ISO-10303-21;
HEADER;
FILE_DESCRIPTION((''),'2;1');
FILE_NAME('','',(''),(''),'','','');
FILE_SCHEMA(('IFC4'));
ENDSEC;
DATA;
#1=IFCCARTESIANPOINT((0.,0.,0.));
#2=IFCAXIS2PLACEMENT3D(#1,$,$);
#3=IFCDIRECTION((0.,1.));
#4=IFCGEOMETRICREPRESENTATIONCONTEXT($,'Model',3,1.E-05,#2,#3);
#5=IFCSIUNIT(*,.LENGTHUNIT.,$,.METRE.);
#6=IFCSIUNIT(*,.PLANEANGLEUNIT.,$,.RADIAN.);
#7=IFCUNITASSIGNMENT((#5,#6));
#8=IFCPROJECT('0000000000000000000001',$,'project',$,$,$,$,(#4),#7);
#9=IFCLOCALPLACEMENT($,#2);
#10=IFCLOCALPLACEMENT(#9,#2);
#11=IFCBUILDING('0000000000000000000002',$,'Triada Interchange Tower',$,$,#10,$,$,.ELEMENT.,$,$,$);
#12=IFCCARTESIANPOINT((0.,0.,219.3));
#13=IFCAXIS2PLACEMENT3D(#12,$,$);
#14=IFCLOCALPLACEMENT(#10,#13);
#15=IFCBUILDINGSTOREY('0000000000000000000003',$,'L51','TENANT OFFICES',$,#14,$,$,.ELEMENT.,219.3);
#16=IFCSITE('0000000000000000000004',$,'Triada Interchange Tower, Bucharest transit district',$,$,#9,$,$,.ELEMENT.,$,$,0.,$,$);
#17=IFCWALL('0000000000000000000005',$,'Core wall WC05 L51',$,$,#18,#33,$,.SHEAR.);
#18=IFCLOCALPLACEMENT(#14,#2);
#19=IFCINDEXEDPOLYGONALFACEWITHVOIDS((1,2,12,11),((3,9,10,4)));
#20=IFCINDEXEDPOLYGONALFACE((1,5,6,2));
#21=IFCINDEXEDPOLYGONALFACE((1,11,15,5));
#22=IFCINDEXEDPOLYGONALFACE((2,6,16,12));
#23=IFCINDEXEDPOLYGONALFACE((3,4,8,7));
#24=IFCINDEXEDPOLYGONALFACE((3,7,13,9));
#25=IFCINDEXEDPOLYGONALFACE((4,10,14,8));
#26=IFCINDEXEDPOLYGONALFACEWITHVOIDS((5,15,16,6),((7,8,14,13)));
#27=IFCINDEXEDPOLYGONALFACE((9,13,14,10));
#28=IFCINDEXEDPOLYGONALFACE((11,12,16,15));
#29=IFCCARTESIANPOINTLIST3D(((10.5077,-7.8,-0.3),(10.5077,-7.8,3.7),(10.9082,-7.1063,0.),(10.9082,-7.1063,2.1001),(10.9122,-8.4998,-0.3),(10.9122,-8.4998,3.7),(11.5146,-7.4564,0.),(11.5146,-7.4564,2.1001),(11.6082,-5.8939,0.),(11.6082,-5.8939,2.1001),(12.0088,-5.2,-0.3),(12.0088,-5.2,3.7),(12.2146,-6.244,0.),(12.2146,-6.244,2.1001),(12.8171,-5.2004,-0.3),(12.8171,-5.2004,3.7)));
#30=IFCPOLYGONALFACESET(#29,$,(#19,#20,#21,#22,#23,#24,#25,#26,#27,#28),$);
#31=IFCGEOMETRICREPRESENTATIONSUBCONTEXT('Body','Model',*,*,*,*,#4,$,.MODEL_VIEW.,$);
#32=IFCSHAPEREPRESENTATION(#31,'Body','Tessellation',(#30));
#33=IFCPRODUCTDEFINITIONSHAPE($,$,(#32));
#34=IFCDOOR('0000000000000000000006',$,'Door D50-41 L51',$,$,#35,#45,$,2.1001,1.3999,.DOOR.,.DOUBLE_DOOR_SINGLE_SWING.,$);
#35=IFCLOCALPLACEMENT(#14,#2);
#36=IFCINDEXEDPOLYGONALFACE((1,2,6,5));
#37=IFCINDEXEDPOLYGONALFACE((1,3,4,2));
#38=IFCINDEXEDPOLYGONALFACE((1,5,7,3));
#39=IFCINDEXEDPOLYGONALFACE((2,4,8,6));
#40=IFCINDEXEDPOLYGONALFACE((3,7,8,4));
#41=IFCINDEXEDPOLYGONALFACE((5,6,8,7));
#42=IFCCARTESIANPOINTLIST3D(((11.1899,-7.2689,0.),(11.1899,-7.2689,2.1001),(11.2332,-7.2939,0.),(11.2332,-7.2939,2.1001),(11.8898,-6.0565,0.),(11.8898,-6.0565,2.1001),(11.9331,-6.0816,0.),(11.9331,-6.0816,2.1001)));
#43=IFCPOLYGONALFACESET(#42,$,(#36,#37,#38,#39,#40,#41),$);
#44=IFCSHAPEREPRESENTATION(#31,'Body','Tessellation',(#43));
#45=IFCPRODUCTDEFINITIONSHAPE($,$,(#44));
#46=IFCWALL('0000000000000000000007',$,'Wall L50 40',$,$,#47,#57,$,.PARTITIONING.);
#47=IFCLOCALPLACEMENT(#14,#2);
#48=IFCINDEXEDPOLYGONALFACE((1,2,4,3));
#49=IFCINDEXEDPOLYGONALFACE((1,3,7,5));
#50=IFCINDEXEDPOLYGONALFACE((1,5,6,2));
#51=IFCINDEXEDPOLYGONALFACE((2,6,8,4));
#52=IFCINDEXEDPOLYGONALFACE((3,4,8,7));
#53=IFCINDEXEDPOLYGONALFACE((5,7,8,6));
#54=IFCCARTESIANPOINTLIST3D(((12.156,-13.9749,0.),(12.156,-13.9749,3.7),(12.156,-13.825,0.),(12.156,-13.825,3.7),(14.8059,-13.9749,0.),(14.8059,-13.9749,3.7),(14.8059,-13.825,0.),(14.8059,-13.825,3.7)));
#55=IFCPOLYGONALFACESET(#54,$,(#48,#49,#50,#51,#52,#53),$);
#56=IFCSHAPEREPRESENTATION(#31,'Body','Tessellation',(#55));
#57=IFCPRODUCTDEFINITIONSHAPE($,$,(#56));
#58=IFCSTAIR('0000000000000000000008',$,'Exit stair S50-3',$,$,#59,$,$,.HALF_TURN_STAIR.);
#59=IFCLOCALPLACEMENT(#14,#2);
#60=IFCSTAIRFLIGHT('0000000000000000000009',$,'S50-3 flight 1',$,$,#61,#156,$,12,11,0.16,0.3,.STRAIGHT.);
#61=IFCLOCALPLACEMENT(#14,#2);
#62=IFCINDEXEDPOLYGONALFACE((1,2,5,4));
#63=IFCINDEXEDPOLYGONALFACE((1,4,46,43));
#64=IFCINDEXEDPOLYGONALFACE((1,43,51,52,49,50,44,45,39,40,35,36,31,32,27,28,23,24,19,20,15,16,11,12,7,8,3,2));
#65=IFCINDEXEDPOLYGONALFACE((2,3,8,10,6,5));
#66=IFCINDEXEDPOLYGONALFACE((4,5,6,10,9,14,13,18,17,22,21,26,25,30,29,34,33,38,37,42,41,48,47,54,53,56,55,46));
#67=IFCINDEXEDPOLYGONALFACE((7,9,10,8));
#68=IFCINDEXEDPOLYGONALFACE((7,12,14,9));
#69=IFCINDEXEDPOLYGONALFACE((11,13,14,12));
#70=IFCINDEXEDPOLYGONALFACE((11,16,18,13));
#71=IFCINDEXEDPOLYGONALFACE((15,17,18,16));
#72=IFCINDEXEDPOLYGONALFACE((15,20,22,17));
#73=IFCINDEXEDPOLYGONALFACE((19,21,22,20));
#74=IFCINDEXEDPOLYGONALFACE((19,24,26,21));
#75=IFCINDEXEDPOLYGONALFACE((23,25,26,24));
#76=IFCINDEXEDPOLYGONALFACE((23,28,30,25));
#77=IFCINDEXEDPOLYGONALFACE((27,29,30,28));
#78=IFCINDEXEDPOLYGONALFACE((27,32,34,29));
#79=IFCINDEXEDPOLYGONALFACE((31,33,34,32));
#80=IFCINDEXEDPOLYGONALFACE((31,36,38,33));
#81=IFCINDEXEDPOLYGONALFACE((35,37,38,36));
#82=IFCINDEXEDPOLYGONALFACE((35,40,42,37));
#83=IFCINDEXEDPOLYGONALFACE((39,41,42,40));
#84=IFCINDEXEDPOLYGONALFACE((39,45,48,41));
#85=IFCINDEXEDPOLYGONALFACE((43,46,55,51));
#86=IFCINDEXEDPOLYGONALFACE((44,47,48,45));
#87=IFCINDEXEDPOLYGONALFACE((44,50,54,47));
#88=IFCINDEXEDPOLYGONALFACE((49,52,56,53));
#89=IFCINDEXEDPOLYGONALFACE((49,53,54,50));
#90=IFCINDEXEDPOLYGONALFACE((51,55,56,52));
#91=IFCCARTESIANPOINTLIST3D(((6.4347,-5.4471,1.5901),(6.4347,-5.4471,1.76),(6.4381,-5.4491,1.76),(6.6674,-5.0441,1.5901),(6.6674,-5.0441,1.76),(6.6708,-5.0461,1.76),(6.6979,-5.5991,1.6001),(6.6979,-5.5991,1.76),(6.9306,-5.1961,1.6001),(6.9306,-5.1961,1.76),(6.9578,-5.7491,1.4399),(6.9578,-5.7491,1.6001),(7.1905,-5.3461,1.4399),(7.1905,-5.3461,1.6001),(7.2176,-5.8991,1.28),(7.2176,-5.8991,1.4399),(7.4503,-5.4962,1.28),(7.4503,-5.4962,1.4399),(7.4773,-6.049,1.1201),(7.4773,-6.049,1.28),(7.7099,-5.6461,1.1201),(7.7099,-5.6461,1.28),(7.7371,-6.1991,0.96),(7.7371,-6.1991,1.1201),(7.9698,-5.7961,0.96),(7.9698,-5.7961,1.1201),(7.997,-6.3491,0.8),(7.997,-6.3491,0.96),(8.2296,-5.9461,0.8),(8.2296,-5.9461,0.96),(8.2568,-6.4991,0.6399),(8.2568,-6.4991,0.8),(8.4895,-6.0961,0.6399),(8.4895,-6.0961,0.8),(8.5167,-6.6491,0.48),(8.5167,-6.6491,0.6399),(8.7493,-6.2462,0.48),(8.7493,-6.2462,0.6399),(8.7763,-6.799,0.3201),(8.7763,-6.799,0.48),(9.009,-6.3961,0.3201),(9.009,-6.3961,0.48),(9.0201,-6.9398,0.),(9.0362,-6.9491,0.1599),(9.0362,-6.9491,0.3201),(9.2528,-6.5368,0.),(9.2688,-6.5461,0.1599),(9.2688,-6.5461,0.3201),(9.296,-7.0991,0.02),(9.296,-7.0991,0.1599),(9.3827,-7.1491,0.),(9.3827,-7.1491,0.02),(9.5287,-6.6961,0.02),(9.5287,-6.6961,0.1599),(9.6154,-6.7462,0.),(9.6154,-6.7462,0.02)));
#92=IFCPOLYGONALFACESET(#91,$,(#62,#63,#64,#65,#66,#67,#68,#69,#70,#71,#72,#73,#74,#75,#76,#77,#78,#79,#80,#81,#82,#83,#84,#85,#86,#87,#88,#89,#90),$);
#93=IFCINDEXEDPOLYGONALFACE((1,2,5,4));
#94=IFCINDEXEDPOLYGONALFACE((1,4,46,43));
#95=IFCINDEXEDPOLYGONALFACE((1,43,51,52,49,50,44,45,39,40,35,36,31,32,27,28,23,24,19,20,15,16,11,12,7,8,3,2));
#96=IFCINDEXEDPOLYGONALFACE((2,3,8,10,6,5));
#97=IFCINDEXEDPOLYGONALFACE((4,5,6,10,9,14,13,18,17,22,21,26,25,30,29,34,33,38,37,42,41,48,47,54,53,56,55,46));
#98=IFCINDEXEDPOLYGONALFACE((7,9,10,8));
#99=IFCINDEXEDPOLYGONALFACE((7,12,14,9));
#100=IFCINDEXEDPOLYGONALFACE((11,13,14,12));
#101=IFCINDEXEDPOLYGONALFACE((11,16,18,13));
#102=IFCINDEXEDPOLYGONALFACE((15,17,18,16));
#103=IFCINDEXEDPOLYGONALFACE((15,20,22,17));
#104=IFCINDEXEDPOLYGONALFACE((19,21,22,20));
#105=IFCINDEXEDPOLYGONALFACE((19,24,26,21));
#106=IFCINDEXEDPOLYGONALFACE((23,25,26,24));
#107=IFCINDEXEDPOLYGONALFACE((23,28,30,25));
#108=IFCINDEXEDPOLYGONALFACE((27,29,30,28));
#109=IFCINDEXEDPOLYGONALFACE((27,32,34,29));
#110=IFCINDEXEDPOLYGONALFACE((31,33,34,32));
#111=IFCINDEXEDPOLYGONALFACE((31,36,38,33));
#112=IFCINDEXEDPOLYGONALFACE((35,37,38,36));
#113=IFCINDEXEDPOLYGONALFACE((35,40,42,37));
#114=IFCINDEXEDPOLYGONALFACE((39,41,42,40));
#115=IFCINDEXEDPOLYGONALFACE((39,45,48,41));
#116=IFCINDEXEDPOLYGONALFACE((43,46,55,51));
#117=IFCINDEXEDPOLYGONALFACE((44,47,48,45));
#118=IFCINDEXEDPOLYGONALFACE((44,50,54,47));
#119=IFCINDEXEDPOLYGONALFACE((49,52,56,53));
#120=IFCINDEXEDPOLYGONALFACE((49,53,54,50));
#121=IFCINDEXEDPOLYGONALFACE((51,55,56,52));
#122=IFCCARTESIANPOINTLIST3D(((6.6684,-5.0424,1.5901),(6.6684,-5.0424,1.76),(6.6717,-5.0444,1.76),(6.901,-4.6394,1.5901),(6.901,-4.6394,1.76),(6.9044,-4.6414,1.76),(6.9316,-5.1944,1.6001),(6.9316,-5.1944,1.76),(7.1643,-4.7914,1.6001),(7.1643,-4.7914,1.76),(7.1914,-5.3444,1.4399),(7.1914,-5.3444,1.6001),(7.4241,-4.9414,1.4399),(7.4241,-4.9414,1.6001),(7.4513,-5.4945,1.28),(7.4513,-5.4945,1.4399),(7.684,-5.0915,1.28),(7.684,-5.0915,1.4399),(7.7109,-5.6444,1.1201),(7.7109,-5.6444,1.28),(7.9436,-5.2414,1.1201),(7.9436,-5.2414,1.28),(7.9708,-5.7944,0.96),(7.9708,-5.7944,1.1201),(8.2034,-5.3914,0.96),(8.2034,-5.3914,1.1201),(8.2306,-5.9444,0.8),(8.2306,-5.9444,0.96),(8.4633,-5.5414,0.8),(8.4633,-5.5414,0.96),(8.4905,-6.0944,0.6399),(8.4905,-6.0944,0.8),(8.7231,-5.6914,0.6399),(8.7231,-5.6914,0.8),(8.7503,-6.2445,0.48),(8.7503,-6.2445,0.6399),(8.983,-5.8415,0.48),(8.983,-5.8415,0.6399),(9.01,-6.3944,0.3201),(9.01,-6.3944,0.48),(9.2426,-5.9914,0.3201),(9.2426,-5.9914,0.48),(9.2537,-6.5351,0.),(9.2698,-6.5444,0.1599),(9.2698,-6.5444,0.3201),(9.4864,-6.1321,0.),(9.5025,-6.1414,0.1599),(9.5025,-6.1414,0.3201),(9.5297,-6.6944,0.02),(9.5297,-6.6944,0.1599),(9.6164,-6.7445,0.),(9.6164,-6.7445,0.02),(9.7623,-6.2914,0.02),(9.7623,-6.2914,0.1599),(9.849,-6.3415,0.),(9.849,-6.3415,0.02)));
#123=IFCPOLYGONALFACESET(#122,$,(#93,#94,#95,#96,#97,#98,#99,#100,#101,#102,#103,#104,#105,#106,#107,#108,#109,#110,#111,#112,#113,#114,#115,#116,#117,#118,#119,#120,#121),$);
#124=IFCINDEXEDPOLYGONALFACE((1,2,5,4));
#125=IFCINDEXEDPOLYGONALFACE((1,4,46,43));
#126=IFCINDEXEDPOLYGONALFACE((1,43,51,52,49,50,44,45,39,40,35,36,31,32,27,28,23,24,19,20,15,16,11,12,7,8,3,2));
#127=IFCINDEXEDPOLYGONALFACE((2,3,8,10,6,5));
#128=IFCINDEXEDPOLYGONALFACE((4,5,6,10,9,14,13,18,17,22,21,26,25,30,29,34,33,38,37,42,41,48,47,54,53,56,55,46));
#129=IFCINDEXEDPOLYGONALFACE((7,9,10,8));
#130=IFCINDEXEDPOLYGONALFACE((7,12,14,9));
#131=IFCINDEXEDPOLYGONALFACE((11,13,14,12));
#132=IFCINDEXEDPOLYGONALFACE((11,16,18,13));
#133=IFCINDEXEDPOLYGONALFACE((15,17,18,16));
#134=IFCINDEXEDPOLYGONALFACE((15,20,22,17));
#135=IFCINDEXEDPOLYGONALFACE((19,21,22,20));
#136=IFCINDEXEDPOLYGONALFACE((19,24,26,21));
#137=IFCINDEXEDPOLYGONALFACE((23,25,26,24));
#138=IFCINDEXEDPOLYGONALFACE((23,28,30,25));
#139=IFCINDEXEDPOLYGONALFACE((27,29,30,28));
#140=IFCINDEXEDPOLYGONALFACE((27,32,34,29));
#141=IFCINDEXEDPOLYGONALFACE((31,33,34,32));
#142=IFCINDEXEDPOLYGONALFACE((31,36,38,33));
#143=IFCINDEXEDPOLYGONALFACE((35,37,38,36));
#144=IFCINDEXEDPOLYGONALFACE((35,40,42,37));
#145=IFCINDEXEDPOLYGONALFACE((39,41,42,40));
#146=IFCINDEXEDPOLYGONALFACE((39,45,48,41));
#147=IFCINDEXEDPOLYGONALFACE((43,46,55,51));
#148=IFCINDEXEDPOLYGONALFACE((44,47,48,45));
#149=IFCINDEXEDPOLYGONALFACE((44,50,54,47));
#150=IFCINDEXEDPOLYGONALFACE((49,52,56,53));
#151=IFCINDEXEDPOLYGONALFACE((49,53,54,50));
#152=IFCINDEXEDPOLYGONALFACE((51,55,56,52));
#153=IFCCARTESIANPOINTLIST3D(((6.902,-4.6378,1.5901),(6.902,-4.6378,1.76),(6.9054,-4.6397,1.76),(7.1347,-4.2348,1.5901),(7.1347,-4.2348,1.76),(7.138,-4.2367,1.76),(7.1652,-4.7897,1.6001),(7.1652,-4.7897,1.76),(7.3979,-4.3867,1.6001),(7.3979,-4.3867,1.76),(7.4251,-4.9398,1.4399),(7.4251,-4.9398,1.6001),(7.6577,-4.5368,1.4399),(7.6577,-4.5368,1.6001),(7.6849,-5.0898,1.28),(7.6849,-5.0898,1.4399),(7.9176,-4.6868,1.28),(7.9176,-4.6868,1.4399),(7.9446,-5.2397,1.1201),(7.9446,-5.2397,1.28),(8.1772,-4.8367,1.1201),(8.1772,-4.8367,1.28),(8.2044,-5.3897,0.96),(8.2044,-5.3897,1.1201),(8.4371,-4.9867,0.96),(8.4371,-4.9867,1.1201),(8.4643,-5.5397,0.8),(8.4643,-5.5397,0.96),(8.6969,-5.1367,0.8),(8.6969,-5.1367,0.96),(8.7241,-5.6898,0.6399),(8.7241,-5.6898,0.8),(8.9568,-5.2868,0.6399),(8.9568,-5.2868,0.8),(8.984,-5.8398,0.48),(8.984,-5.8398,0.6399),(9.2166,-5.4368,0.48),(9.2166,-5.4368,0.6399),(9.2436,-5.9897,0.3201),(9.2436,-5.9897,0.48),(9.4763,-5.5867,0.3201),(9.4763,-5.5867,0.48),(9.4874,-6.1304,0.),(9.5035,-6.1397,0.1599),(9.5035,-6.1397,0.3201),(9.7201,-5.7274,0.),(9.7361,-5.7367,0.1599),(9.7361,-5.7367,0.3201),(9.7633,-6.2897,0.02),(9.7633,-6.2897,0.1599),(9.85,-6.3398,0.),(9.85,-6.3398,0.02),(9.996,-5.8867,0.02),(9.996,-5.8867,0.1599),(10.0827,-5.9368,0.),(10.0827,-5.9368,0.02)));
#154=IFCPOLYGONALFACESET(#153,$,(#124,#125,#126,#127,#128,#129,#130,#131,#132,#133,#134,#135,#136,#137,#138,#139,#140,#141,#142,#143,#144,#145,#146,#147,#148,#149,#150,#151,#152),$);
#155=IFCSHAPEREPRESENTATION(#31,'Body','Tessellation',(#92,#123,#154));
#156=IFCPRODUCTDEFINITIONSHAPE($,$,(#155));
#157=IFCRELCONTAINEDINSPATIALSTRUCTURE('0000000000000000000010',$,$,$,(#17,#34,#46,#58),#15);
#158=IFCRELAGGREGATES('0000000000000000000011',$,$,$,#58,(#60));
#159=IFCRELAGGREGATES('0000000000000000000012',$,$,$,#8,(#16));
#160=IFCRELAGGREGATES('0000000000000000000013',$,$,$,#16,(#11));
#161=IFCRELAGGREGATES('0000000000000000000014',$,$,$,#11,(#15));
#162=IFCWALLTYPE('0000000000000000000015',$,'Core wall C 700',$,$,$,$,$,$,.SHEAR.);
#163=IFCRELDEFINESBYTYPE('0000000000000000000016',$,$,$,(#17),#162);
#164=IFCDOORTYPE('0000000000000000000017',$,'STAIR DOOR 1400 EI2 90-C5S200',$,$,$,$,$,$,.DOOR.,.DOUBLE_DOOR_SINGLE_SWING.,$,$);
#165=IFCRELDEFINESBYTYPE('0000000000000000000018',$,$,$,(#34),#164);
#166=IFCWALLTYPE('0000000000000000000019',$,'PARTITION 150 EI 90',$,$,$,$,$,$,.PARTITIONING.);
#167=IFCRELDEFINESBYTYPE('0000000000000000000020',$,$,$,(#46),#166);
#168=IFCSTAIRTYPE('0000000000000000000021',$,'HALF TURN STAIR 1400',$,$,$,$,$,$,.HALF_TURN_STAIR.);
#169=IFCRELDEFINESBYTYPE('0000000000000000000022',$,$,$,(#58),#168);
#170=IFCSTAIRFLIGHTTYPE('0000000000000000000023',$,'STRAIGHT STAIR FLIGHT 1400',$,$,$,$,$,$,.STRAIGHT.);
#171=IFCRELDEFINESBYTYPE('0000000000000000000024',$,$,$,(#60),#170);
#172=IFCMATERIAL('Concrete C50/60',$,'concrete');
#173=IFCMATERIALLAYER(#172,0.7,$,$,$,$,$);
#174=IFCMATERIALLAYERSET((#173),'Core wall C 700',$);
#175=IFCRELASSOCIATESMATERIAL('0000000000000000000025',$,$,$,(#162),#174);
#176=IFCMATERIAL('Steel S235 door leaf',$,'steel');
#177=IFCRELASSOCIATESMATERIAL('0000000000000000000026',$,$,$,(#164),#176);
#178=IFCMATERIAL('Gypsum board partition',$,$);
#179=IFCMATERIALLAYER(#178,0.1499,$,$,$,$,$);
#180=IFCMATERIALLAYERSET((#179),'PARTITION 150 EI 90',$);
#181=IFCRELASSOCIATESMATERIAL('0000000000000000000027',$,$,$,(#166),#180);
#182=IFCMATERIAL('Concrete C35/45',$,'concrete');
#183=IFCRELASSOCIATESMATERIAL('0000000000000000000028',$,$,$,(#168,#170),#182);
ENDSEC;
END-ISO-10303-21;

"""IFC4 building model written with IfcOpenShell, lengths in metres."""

from ifc_helpers import new_model, si_unit, direction, frame, frame_2d, origin, place, context, subcontext, project, spatial, polyline, rectangle, outline, extrude, material, layer, layer_set, type_object, element, fill, aggregate, save


model = new_model("IFC4")

# Units and contexts
model_context = context("Model", 3, precision=1e-05, world=origin(), true_north=direction((0.0, 1.0)))
body_context = subcontext(model_context, "Body", "Model", "MODEL_VIEW")
ifc_project = project(units=[si_unit("LENGTHUNIT", "METRE"), si_unit("PLANEANGLEUNIT", "RADIAN")], contexts=[model_context])

# Site, building, storey
site_placement = place(None, origin())
site = spatial("IfcSite", under=ifc_project, at=site_placement, Name="Triada Interchange Tower, Bucharest transit district", CompositionType="ELEMENT", RefElevation=0.0)
building_placement = place(site_placement, origin())
building = spatial("IfcBuilding", under=site, at=building_placement, Name="Triada Interchange Tower", CompositionType="ELEMENT")
storey_placement = place(building_placement, frame((0.0, 0.0, 219.3)))
storey = spatial("IfcBuildingStorey", under=building, at=storey_placement, Name="L51", Description="TENANT OFFICES", CompositionType="ELEMENT", Elevation=219.3)

# Shared definitions
ifc_material_1 = material(Name="Steel S235 door leaf", Category="steel")

# Wall, opening, door
ifc_material_2 = material(Name="Concrete C50/60", Category="concrete")
ifc_layer_1 = layer(ifc_material_2, 0.7)
ifc_layer_set_1 = layer_set([ifc_layer_1], Name="Core wall C 700")
wall_type_1 = type_object("IfcWallType", Name="Core wall C 700", PredefinedType="SHEAR", material=ifc_layer_set_1)
wall_1_placement = place(storey_placement, frame((10.71, -8.1499, -0.3), z_axis=(0.0, 0.0, 1.0), x_axis=(0.499993, 0.866029, 0.0)))
wall_1 = element("IfcWall", 1, at=wall_1_placement, inside=storey, type_object=wall_type_1, Name="Core wall WC05 L51", PredefinedType="SHEAR", context=body_context, shape_type="SweptSolid", body=[
    extrude(outline(polyline([(-0.2019, -0.3501), (1.7031, -0.3501), (3.6079, -0.3501), (3.2041, 0.3501), (1.7031, 0.3501), (0.2019, 0.3501), (-0.2019, -0.3501)])), origin(), (0.0, 0.0, 1.0), 4.0),
])
opening_1_placement = place(wall_1_placement, frame((1.0029, 0.0, 0.3)))
opening_1 = element("IfcOpeningElement", 2, at=opening_1_placement, cuts=wall_1, PredefinedType="OPENING", context=body_context, shape_type="SweptSolid", body=[
    extrude(rectangle(XDim=1.3999, YDim=2.1001, at=frame_2d((0.7, 1.05))), frame((0.0, 0.3601, 0.0), z_axis=(0.0, -1.0, 0.0), x_axis=(1.0, 0.0, 0.0)), (0.0, 0.0, 1.0), 0.7202),
])
door_type_1 = type_object("IfcDoorType", Name="STAIR DOOR 1400 EI2 90-C5S200", OperationType="DOUBLE_DOOR_SINGLE_SWING", PredefinedType="DOOR", material=ifc_material_1)
door_1_placement = place(opening_1_placement, origin())
door_1 = element("IfcDoor", 3, at=door_1_placement, inside=storey, type_object=door_type_1, Name="Door D50-41 L51", OperationType="DOUBLE_DOOR_SINGLE_SWING", OverallHeight=2.1001, OverallWidth=1.3999, PredefinedType="DOOR", context=body_context, shape_type="SweptSolid", body=[
    extrude(rectangle(XDim=1.3999, YDim=2.1001, at=frame_2d((0.7, 1.05))), frame((0.0, 0.0249, 0.0), z_axis=(0.0, -1.0, 0.0), x_axis=(1.0, 0.0, 0.0)), (0.0, 0.0, 1.0), 0.05),
])
fill(opening_1, door_1)

# Wall
ifc_material_3 = material(Name="Gypsum board partition")
ifc_layer_2 = layer(ifc_material_3, 0.1499)
ifc_layer_set_2 = layer_set([ifc_layer_2], Name="PARTITION 150 EI 90")
wall_type_2 = type_object("IfcWallType", Name="PARTITION 150 EI 90", PredefinedType="PARTITIONING", material=ifc_layer_set_2)
wall_2_placement = place(storey_placement, frame((12.156, -13.8999, 0.0), z_axis=(0.0, 0.0, 1.0), x_axis=(1.0, 0.0, 0.0)))
element("IfcWall", 4, at=wall_2_placement, inside=storey, type_object=wall_type_2, Name="Wall L50 40", PredefinedType="PARTITIONING", context=body_context, shape_type="SweptSolid", body=[
    extrude(rectangle(XDim=2.6499, YDim=0.1499, at=frame_2d((1.325, 0.0))), origin(), (0.0, 0.0, 1.0), 3.7),
])

# Stair, stair flight
ifc_material_4 = material(Name="Concrete C35/45", Category="concrete")
stair_type = type_object("IfcStairType", Name="HALF TURN STAIR 1400", PredefinedType="HALF_TURN_STAIR", material=ifc_material_4)
stair_placement = place(storey_placement, origin())
stair = element("IfcStair", 5, at=stair_placement, inside=storey, type_object=stair_type, Name="Exit stair S50-3", PredefinedType="HALF_TURN_STAIR")
stair_flight_type = type_object("IfcStairFlightType", Name="STRAIGHT STAIR FLIGHT 1400", PredefinedType="STRAIGHT", material=ifc_material_4)
stair_flight_1_placement = place(storey_placement, frame((9.646, -6.4929, 0.0), z_axis=(0.0, 0.0, 1.0), x_axis=(-0.866025, 0.5, 0.0)))
stair_flight_1 = element("IfcStairFlight", 6, at=stair_flight_1_placement, type_object=stair_flight_type, Name="S50-3 flight 1", NumberOfRisers=12, NumberOfTreads=11, PredefinedType="STRAIGHT", RiserHeight=0.16, TreadLength=0.3, context=body_context, shape_type="SweptSolid", body=[
    extrude(outline(polyline([(-0.1001, 0.0), (-0.1001, 0.02), (0.0, 0.02), (0.0, 0.1599), (0.3, 0.1599), (0.3, 0.3201), (0.6001, 0.3201), (0.6001, 0.48), (0.8999, 0.48), (0.8999, 0.6399), (1.2, 0.6399), (1.2, 0.8), (1.5, 0.8), (1.5, 0.96), (1.8, 0.96), (1.8, 1.1201), (2.1001, 1.1201), (2.1001, 1.28), (2.3999, 1.28), (2.3999, 1.4399), (2.7, 1.4399), (2.7, 1.6001), (3.0, 1.6001), (3.0, 1.76), (3.3, 1.76), (3.304, 1.76), (3.304, 1.9199), (3.304, 1.5901), (0.3186, 0.0), (-0.1001, 0.0)])), frame((0.0, 0.7, 0.0), z_axis=(0.0, -1.0, 0.0), x_axis=(1.0, 0.0, 0.0)), (0.0, 0.0, 1.0), 0.4653),
    extrude(outline(polyline([(-0.1001, 0.0), (-0.1001, 0.02), (0.0, 0.02), (0.0, 0.1599), (0.3, 0.1599), (0.3, 0.3201), (0.6001, 0.3201), (0.6001, 0.48), (0.8999, 0.48), (0.8999, 0.6399), (1.2, 0.6399), (1.2, 0.8), (1.5, 0.8), (1.5, 0.96), (1.8, 0.96), (1.8, 1.1201), (2.1001, 1.1201), (2.1001, 1.28), (2.3999, 1.28), (2.3999, 1.4399), (2.7, 1.4399), (2.7, 1.6001), (3.0, 1.6001), (3.0, 1.76), (3.3, 1.76), (3.304, 1.76), (3.304, 1.9199), (3.304, 1.5901), (0.3186, 0.0), (-0.1001, 0.0)])), frame((0.0, 0.2327, 0.0), z_axis=(0.0, -1.0, 0.0), x_axis=(1.0, 0.0, 0.0)), (0.0, 0.0, 1.0), 0.4653),
    extrude(outline(polyline([(-0.1001, 0.0), (-0.1001, 0.02), (0.0, 0.02), (0.0, 0.1599), (0.3, 0.1599), (0.3, 0.3201), (0.6001, 0.3201), (0.6001, 0.48), (0.8999, 0.48), (0.8999, 0.6399), (1.2, 0.6399), (1.2, 0.8), (1.5, 0.8), (1.5, 0.96), (1.8, 0.96), (1.8, 1.1201), (2.1001, 1.1201), (2.1001, 1.28), (2.3999, 1.28), (2.3999, 1.4399), (2.7, 1.4399), (2.7, 1.6001), (3.0, 1.6001), (3.0, 1.76), (3.3, 1.76), (3.304, 1.76), (3.304, 1.9199), (3.304, 1.5901), (0.3186, 0.0), (-0.1001, 0.0)])), frame((0.0, -0.2346, 0.0), z_axis=(0.0, -1.0, 0.0), x_axis=(1.0, 0.0, 0.0)), (0.0, 0.0, 1.0), 0.4653),
])
aggregate(stair, [stair_flight_1])

save(model, "model.ifc")
